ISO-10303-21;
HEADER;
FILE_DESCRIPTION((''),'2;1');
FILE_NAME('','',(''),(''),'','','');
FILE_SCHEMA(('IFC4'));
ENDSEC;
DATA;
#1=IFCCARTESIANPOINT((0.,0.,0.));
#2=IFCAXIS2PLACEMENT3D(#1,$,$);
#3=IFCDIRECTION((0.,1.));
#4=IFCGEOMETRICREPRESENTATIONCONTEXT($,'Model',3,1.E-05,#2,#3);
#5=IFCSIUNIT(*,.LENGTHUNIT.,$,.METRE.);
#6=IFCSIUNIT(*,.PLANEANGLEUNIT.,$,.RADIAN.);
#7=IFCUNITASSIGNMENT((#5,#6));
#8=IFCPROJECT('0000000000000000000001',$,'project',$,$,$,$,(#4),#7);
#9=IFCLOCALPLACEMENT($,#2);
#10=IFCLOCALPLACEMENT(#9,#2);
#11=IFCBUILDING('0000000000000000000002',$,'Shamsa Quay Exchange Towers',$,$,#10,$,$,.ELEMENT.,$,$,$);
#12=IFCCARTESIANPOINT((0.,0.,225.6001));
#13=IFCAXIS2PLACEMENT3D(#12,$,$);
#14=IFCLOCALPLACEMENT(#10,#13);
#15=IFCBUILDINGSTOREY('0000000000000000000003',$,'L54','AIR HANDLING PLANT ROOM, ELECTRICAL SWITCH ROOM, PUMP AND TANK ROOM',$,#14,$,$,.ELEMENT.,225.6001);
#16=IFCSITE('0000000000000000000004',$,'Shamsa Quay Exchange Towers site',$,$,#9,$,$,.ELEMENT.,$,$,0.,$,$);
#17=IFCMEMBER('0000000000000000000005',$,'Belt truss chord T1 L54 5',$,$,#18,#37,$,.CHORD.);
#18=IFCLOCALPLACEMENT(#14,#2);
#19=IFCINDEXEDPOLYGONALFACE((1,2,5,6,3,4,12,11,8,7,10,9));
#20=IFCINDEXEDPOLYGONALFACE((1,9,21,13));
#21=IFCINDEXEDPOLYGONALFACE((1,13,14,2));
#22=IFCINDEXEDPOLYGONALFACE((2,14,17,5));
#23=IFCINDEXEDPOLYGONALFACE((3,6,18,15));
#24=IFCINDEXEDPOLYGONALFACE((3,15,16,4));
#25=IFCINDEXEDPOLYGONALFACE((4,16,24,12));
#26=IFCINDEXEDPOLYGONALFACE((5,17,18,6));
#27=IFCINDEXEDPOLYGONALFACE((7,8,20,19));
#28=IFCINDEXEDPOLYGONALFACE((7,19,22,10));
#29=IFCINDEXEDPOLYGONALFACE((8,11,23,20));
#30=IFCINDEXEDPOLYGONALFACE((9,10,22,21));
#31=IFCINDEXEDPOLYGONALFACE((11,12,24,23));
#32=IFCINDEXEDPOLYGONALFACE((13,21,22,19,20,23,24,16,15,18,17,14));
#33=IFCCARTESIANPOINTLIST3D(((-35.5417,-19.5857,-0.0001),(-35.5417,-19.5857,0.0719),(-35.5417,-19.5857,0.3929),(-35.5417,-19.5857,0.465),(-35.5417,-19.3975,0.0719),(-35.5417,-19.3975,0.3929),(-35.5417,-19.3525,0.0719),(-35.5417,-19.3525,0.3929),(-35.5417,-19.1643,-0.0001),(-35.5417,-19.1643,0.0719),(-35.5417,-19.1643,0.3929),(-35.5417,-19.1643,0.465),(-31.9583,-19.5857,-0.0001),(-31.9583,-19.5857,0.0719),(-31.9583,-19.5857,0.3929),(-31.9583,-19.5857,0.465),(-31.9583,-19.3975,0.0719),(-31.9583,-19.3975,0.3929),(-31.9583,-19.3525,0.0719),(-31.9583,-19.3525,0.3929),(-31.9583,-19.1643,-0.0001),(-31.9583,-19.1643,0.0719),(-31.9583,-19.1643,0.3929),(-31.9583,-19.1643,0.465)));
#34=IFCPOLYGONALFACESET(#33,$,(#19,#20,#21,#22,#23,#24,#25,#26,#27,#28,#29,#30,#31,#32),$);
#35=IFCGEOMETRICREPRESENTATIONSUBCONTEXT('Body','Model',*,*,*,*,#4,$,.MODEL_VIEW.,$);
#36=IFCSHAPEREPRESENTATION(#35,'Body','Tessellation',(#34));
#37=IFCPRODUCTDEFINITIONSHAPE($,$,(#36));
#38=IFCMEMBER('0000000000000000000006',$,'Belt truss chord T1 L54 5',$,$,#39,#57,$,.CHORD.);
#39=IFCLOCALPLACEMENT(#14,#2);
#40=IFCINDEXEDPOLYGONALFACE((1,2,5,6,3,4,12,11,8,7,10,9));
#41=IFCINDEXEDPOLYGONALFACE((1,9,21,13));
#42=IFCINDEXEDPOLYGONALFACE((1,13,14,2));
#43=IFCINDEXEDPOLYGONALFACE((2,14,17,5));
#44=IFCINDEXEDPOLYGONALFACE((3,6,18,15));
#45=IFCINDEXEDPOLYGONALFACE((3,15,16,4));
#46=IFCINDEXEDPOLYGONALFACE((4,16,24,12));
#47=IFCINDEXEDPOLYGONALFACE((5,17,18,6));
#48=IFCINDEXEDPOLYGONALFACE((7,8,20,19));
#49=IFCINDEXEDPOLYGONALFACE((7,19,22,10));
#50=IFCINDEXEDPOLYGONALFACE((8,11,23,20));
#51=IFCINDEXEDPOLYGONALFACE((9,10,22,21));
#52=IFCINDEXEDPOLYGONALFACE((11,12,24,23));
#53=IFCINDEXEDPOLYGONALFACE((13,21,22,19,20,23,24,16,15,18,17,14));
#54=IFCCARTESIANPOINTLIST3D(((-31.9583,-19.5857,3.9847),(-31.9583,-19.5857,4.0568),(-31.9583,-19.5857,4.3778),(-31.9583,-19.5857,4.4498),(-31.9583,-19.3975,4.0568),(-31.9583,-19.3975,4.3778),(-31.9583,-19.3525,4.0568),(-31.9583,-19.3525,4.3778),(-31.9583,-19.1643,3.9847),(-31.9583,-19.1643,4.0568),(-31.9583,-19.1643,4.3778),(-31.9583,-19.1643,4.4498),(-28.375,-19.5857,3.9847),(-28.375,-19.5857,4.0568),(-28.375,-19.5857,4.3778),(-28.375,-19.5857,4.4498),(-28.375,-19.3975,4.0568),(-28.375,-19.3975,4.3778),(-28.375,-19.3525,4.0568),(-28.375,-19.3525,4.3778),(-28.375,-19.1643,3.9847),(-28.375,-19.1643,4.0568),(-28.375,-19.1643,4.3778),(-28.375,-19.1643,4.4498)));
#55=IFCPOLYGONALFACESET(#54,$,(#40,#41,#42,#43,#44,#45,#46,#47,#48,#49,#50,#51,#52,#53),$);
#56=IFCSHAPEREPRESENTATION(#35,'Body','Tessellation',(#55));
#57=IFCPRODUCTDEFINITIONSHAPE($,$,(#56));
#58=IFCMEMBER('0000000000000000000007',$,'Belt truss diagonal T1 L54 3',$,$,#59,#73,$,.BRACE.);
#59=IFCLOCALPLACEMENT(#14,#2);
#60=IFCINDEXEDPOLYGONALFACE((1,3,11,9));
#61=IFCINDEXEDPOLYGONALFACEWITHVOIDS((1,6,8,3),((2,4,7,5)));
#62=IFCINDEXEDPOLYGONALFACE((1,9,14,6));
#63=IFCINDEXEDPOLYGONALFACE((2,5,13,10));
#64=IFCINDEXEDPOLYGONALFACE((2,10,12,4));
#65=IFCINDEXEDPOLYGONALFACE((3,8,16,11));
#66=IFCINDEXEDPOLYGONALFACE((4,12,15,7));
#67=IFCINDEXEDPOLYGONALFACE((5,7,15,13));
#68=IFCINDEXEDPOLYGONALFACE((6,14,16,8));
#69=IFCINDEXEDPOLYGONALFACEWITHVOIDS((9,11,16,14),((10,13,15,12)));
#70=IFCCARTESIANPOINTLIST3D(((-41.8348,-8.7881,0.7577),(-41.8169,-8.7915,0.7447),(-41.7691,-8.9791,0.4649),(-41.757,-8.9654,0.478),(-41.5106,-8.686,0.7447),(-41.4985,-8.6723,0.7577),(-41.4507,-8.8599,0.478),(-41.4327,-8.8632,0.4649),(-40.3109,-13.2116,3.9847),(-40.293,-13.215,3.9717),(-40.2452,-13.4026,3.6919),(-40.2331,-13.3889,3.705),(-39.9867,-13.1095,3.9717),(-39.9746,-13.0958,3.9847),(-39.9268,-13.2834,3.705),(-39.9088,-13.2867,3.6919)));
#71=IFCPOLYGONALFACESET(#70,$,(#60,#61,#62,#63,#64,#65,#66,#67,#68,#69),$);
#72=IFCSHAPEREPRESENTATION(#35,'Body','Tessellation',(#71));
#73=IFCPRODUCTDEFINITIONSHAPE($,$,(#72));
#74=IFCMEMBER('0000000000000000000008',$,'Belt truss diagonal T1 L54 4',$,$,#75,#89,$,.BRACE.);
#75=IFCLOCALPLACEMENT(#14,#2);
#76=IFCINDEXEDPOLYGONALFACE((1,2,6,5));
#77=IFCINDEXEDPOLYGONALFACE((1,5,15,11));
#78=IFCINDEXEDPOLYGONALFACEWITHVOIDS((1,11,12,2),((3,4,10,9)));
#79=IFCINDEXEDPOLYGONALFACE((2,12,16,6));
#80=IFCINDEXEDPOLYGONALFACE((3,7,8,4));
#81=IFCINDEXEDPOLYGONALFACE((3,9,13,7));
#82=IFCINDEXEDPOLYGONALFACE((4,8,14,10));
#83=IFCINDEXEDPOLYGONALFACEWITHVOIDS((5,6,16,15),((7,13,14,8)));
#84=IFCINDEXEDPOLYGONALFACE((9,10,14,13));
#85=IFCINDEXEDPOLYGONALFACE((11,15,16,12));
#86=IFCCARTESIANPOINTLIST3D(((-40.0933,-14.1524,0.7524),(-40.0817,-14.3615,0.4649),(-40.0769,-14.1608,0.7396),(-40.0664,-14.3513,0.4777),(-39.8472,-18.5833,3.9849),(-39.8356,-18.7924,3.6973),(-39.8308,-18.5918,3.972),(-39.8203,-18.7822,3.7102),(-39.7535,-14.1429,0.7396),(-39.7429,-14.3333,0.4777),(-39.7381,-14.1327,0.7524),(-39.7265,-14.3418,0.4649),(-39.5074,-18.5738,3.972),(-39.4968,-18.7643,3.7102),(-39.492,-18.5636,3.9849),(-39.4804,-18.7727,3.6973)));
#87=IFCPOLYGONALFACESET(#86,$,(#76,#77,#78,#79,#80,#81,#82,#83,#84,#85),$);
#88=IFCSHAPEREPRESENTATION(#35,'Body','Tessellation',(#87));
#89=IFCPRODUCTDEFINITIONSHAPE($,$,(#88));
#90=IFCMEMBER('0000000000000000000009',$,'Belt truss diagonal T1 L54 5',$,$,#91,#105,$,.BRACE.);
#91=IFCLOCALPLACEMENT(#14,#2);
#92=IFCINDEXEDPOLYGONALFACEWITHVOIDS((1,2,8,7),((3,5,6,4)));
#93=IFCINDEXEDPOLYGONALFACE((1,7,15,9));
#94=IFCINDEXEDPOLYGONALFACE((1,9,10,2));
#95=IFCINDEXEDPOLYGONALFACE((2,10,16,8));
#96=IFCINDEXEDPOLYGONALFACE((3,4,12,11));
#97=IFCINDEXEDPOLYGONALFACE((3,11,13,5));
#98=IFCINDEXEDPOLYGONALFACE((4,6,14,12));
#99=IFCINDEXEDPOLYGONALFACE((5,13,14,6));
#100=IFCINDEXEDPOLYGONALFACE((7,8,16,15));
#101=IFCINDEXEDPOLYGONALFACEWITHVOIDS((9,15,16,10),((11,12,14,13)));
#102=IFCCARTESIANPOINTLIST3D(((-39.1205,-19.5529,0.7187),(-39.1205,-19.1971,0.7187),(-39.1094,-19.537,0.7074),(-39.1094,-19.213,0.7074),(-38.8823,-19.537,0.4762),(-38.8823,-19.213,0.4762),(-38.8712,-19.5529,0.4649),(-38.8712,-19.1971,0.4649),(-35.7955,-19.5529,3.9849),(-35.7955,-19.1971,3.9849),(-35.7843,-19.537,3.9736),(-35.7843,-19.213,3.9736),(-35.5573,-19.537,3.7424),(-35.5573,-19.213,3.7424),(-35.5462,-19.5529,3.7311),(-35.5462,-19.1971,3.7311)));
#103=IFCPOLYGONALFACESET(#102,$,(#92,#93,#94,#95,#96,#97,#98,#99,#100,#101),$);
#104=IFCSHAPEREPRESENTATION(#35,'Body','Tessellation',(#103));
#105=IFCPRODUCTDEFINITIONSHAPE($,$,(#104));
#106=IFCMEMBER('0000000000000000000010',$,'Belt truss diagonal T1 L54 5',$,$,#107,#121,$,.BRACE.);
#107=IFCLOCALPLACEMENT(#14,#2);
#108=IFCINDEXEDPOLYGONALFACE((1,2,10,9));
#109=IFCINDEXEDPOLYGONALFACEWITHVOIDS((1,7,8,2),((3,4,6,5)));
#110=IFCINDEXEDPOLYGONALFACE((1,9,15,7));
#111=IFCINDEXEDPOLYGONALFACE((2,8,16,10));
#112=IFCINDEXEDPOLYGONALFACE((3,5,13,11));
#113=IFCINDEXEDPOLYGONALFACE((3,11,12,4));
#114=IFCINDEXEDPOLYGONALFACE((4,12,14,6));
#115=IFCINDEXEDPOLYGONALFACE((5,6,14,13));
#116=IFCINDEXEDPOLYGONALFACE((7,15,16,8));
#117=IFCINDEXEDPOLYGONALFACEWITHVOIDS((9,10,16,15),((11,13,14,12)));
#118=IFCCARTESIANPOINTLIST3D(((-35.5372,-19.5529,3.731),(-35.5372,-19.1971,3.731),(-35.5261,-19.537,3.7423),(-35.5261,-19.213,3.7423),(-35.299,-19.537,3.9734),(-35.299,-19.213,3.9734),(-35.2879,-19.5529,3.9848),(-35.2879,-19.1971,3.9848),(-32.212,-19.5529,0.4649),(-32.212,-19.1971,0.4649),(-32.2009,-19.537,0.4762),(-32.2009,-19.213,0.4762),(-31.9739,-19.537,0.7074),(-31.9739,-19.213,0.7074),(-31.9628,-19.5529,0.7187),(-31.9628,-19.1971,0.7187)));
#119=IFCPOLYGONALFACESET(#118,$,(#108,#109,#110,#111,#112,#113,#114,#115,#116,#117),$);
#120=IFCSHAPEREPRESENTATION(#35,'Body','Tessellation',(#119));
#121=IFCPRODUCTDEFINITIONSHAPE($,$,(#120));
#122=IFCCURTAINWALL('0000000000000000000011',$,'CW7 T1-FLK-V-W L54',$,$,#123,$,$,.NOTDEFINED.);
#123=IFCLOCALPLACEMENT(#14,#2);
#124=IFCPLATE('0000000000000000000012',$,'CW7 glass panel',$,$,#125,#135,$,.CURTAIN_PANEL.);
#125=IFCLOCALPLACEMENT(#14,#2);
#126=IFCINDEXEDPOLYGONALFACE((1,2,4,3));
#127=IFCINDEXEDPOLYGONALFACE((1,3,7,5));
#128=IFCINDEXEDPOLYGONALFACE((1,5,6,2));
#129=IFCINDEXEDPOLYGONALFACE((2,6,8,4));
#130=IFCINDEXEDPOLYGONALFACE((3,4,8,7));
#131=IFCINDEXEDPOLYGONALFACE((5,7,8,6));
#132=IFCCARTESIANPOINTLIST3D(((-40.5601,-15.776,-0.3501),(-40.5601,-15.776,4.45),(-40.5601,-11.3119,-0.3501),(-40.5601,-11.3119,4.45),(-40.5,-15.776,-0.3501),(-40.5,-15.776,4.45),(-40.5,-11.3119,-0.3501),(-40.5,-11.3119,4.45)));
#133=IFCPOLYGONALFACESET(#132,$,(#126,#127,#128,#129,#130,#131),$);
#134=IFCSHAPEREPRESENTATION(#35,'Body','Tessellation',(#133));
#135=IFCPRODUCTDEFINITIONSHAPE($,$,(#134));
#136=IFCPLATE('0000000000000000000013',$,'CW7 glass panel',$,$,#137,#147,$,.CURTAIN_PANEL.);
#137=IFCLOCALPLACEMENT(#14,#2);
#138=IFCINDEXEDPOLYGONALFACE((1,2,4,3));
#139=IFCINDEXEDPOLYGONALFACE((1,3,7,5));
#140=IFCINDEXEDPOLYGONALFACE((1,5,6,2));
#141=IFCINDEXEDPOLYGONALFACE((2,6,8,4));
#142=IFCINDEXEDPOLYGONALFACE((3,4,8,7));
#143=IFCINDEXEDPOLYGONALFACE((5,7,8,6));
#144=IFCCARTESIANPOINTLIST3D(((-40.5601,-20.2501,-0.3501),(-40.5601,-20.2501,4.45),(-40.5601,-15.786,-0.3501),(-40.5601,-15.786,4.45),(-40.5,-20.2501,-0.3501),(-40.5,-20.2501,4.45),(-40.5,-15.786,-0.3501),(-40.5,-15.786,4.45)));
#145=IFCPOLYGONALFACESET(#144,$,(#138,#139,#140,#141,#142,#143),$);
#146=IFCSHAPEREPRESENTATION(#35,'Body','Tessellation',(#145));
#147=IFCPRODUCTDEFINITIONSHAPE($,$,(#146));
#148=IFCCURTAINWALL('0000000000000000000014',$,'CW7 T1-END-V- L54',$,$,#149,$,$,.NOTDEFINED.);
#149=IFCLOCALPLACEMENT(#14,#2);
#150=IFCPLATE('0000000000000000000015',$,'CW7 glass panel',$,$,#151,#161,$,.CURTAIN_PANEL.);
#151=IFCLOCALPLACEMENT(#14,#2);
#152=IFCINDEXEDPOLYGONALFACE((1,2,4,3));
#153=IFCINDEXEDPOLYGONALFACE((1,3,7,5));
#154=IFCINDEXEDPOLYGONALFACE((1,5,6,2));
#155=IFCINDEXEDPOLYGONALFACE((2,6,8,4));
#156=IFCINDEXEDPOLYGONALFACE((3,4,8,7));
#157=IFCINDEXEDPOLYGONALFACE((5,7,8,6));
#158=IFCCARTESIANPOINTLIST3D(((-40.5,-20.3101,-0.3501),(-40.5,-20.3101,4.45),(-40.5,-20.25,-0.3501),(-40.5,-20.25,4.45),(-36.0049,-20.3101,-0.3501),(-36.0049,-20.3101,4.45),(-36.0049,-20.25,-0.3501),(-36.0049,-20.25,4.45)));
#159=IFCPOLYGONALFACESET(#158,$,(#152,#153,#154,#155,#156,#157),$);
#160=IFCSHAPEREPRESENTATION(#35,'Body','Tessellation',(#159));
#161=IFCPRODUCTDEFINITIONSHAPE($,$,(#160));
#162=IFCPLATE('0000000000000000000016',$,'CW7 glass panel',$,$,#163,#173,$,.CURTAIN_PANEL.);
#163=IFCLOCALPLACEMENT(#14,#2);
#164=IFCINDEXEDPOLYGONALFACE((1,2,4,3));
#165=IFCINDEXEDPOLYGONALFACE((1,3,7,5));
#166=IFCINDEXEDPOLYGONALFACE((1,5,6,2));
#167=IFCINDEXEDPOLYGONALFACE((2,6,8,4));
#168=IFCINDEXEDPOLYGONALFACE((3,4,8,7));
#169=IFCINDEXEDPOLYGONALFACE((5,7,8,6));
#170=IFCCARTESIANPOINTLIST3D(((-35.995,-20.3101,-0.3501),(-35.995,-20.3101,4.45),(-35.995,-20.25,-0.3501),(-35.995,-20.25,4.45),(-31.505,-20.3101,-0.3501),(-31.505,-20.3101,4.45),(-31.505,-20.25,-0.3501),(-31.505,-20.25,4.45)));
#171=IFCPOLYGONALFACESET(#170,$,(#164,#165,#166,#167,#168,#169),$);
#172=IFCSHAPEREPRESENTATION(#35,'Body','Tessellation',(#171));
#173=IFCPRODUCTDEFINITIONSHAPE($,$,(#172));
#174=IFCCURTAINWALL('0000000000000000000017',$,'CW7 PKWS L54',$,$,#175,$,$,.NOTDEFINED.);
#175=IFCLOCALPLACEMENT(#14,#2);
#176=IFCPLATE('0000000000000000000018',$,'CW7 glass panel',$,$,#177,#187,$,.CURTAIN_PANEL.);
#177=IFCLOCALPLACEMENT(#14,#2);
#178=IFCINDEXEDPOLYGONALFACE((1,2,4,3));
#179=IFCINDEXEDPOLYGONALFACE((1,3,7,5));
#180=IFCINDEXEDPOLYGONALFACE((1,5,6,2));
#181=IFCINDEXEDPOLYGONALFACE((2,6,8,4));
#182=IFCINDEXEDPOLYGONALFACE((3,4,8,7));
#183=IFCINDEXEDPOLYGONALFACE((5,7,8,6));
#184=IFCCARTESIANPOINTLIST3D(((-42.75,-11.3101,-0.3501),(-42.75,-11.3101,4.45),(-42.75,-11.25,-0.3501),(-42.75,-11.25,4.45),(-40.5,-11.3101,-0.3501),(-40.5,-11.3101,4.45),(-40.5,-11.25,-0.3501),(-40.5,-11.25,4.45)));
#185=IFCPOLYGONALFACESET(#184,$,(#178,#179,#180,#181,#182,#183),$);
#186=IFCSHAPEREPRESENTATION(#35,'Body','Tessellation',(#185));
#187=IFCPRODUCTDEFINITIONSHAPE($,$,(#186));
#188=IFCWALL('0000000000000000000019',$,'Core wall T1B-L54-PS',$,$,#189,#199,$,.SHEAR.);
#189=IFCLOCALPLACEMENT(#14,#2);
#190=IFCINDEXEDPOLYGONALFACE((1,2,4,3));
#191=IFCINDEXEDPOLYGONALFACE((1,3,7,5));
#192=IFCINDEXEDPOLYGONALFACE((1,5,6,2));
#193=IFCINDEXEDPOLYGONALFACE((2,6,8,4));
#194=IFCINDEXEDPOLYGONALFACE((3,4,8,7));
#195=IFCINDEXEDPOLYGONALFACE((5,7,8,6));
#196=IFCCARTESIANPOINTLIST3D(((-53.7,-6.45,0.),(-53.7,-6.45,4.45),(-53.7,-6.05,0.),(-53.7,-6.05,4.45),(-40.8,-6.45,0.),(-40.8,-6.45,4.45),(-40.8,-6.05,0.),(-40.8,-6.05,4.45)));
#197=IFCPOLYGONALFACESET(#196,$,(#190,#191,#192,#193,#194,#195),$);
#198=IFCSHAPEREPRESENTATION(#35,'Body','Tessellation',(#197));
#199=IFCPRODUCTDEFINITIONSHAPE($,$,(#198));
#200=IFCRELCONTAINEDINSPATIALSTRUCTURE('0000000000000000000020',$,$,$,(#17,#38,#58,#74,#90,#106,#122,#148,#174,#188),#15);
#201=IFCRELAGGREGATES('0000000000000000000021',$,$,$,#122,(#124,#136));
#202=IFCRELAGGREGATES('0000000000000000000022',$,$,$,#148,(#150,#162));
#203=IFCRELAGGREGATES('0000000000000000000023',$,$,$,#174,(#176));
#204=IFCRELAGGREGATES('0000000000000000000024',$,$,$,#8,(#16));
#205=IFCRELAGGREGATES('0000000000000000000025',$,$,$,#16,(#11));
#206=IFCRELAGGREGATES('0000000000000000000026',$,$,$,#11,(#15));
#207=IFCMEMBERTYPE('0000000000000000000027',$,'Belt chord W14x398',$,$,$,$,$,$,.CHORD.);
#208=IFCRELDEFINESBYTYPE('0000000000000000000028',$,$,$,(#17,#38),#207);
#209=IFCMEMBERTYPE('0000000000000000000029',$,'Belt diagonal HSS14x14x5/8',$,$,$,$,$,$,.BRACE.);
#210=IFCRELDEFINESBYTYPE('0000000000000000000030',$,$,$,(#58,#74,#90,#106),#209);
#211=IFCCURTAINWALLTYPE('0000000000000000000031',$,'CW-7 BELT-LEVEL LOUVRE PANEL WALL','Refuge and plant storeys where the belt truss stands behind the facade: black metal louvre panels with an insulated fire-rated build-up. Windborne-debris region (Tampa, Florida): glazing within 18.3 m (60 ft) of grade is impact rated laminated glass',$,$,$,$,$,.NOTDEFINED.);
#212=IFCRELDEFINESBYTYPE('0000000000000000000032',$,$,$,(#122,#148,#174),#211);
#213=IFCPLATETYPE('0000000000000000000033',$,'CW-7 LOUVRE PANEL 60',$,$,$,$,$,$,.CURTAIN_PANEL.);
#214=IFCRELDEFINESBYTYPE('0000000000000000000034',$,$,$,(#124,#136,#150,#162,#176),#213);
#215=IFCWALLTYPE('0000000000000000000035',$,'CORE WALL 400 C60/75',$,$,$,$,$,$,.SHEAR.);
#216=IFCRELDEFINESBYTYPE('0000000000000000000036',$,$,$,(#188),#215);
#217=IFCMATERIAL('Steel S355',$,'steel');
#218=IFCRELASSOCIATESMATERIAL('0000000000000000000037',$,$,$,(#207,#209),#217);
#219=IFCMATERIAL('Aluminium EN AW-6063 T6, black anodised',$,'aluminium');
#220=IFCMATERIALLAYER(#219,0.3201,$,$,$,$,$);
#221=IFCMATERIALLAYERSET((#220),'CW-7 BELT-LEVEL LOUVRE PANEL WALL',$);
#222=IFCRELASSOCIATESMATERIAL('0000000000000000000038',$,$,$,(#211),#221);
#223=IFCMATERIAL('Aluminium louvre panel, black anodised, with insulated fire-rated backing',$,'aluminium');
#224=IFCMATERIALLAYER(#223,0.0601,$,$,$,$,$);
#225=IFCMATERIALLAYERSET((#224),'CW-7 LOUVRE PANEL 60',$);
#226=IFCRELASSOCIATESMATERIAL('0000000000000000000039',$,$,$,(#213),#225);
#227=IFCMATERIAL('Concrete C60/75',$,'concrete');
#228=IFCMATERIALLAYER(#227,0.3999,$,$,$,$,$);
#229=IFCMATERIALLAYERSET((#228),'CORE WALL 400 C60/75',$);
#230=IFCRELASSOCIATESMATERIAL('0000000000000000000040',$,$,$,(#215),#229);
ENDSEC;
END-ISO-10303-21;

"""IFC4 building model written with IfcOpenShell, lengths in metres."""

from ifc_helpers import new_model, si_unit, direction, frame, frame_2d, origin, origin_2d, place, context, subcontext, project, spatial, rectangle, hollow_rectangle, i_section, extrude, material, layer, layer_set, material_profile, profile_set, type_object, element, aggregate, save


model = new_model("IFC4")

# Units and contexts
model_context = context("Model", 3, precision=1e-05, world=origin(), true_north=direction((0.0, 1.0)))
body_context = subcontext(model_context, "Body", "Model", "MODEL_VIEW")
ifc_project = project(units=[si_unit("LENGTHUNIT", "METRE"), si_unit("PLANEANGLEUNIT", "RADIAN")], contexts=[model_context])

# Site, building, storey
site_placement = place(None, origin())
site = spatial("IfcSite", under=ifc_project, at=site_placement, Name="Shamsa Quay Exchange Towers site", CompositionType="ELEMENT", RefElevation=0.0)
building_placement = place(site_placement, origin())
building = spatial("IfcBuilding", under=site, at=building_placement, Name="Shamsa Quay Exchange Towers", CompositionType="ELEMENT")
storey_placement = place(building_placement, frame((0.0, 0.0, 225.6001)))
storey = spatial("IfcBuildingStorey", under=building, at=storey_placement, Name="L54", Description="AIR HANDLING PLANT ROOM, ELECTRICAL SWITCH ROOM, PUMP AND TANK ROOM", CompositionType="ELEMENT", Elevation=225.6001)

# Members
ifc_material_1 = material(Name="Steel S355", Category="steel")
ifc_material_profile_1 = material_profile(ifc_material_1, i_section(OverallWidth=0.4214, OverallDepth=0.4651, WebThickness=0.0449, FlangeThickness=0.072, at=origin_2d()), Name="W14x398")
ifc_profile_set_1 = profile_set([ifc_material_profile_1], Name="Steel S355")
member_type_1 = type_object("IfcMemberType", Name="Belt chord W14x398", PredefinedType="CHORD", material=ifc_profile_set_1)
for number, where, z_axis, x_axis, name in (
    (1, (-35.5417, -19.375, 0.2324), (1.0, 0.0, 0.0), (0.0, 1.0, 0.0), "Belt truss chord T1 L54 5"),
):
    element("IfcMember", number, at=place(storey_placement, frame(where, z_axis=z_axis, x_axis=x_axis)), inside=storey, type_object=member_type_1, Name=name, PredefinedType="CHORD", context=body_context, shape_type="SweptSolid", body=[
        extrude(i_section(OverallWidth=0.4214, OverallDepth=0.4651, WebThickness=0.0449, FlangeThickness=0.072, at=origin_2d()), origin(), (0.0, 0.0, 1.0), 3.5835),
    ])
member_1_placement = place(storey_placement, frame((-31.9583, -19.375, 4.2173), z_axis=(1.0, 0.0, 0.0), x_axis=(0.0, 1.0, 0.0)))
element("IfcMember", 2, at=member_1_placement, inside=storey, type_object=member_type_1, Name="Belt truss chord T1 L54 5", PredefinedType="CHORD", context=body_context, shape_type="SweptSolid", body=[
    extrude(i_section(OverallWidth=0.4214, OverallDepth=0.4651, WebThickness=0.0449, FlangeThickness=0.072, at=origin_2d()), origin(), (0.0, 0.0, 1.0), 3.5833),
])
ifc_material_profile_2 = material_profile(ifc_material_1, hollow_rectangle(XDim=0.3557, YDim=0.3557, WallThickness=0.0159, at=origin_2d()), Name="HSS14x14x5/8")
ifc_profile_set_2 = profile_set([ifc_material_profile_2], Name="Steel S355")
member_type_2 = type_object("IfcMemberType", Name="Belt diagonal HSS14x14x5/8", PredefinedType="BRACE", material=ifc_profile_set_2)
member_2_placement = place(storey_placement, frame((-41.6338, -8.8257, 0.6113), z_axis=(0.268123, -0.778295, 0.567774), x_axis=(0.945468, 0.325714, 0.0)))
element("IfcMember", 3, at=member_2_placement, inside=storey, type_object=member_type_2, Name="Belt truss diagonal T1 L54 3", PredefinedType="BRACE", context=body_context, shape_type="SweptSolid", body=[
    extrude(hollow_rectangle(XDim=0.3557, YDim=0.3557, WallThickness=0.0159, at=origin_2d()), origin(), (0.0, 0.0, 1.0), 5.6836),
])
member_3_placement = place(storey_placement, frame((-39.9099, -14.2471, 0.6086), z_axis=(0.044824, -0.807061, 0.588764), x_axis=(0.998461, 0.055455, 0.0)))
element("IfcMember", 4, at=member_3_placement, inside=storey, type_object=member_type_2, Name="Belt truss diagonal T1 L54 4", PredefinedType="BRACE", context=body_context, shape_type="SweptSolid", body=[
    extrude(hollow_rectangle(XDim=0.3557, YDim=0.3557, WallThickness=0.0159, at=origin_2d()), origin(), (0.0, 0.0, 1.0), 5.4902),
])
for number, where, z_axis, x_axis, name in (
    (5, (-38.9958, -19.375, 0.5918), (0.713391, 0.0, 0.700767), (0.0, 1.0, 0.0), "Belt truss diagonal T1 L54 5"),
    (6, (-32.0874, -19.375, 0.5918), (-0.713416, 0.0, 0.70074), (0.0, -1.0, 0.0), "Belt truss diagonal T1 L54 5"),
):
    element("IfcMember", number, at=place(storey_placement, frame(where, z_axis=z_axis, x_axis=x_axis)), inside=storey, type_object=member_type_2, Name=name, PredefinedType="BRACE", context=body_context, shape_type="SweptSolid", body=[
        extrude(hollow_rectangle(XDim=0.3557, YDim=0.3557, WallThickness=0.0159, at=origin_2d()), origin(), (0.0, 0.0, 1.0), 4.6609),
    ])

# Curtain walls, plates
ifc_material_2 = material(Name="Aluminium EN AW-6063 T6, black anodised", Category="aluminium")
ifc_layer_1 = layer(ifc_material_2, 0.3201)
ifc_layer_set_1 = layer_set([ifc_layer_1], Name="CW-7 BELT-LEVEL LOUVRE PANEL WALL")
curtain_wall_type = type_object("IfcCurtainWallType", Name="CW-7 BELT-LEVEL LOUVRE PANEL WALL", Description="Refuge and plant storeys where the belt truss stands behind the facade: black metal louvre panels with an insulated fire-rated build-up. Windborne-debris region (Tampa, Florida): glazing within 18.3 m (60 ft) of grade is impact rated laminated glass", PredefinedType="NOTDEFINED", material=ifc_layer_set_1)
curtain_wall_1_placement = place(storey_placement, origin())
curtain_wall_1 = element("IfcCurtainWall", 7, at=curtain_wall_1_placement, inside=storey, type_object=curtain_wall_type, Name="CW7 T1-FLK-V-W L54", PredefinedType="NOTDEFINED")
ifc_material_3 = material(Name="Aluminium louvre panel, black anodised, with insulated fire-rated backing", Category="aluminium")
ifc_layer_2 = layer(ifc_material_3, 0.0601)
ifc_layer_set_2 = layer_set([ifc_layer_2], Name="CW-7 LOUVRE PANEL 60")
plate_type = type_object("IfcPlateType", Name="CW-7 LOUVRE PANEL 60", PredefinedType="CURTAIN_PANEL", material=ifc_layer_set_2)
plate_1_placement = place(storey_placement, frame((-40.53, -13.5439, -0.3501), z_axis=(0.0, 0.0, 1.0), x_axis=(0.0, -1.0, 0.0)))
plate_1 = element("IfcPlate", 8, at=plate_1_placement, type_object=plate_type, Name="CW7 glass panel", PredefinedType="CURTAIN_PANEL", context=body_context, shape_type="SweptSolid", body=[
    extrude(rectangle(XDim=4.4641, YDim=0.0601, at=origin_2d()), origin(), (0.0, 0.0, 1.0), 4.8),
])
plate_2_placement = place(storey_placement, frame((-40.53, -18.0181, -0.3501), z_axis=(0.0, 0.0, 1.0), x_axis=(0.0, -1.0, 0.0)))
plate_2 = element("IfcPlate", 9, at=plate_2_placement, type_object=plate_type, Name="CW7 glass panel", PredefinedType="CURTAIN_PANEL", context=body_context, shape_type="SweptSolid", body=[
    extrude(rectangle(XDim=4.4641, YDim=0.0601, at=origin_2d()), origin(), (0.0, 0.0, 1.0), 4.8),
])
aggregate(curtain_wall_1, [plate_1, plate_2])
curtain_wall_2_placement = place(storey_placement, origin())
curtain_wall_2 = element("IfcCurtainWall", 10, at=curtain_wall_2_placement, inside=storey, type_object=curtain_wall_type, Name="CW7 T1-END-V- L54", PredefinedType="NOTDEFINED")
plate_3_placement = place(storey_placement, frame((-38.2524, -20.28, -0.3501)))
plate_3 = element("IfcPlate", 11, at=plate_3_placement, type_object=plate_type, Name="CW7 glass panel", PredefinedType="CURTAIN_PANEL", context=body_context, shape_type="SweptSolid", body=[
    extrude(rectangle(XDim=4.4951, YDim=0.0601, at=origin_2d()), origin(), (0.0, 0.0, 1.0), 4.8),
])
plate_4_placement = place(storey_placement, frame((-33.75, -20.28, -0.3501)))
plate_4 = element("IfcPlate", 12, at=plate_4_placement, type_object=plate_type, Name="CW7 glass panel", PredefinedType="CURTAIN_PANEL", context=body_context, shape_type="SweptSolid", body=[
    extrude(rectangle(XDim=4.49, YDim=0.0601, at=origin_2d()), origin(), (0.0, 0.0, 1.0), 4.8),
])
aggregate(curtain_wall_2, [plate_3, plate_4])

# Curtain wall, plate
curtain_wall_3_placement = place(storey_placement, origin())
curtain_wall_3 = element("IfcCurtainWall", 13, at=curtain_wall_3_placement, inside=storey, type_object=curtain_wall_type, Name="CW7 PKWS L54", PredefinedType="NOTDEFINED")
plate_5_placement = place(storey_placement, frame((-41.625, -11.28, -0.3501)))
plate_5 = element("IfcPlate", 14, at=plate_5_placement, type_object=plate_type, Name="CW7 glass panel", PredefinedType="CURTAIN_PANEL", context=body_context, shape_type="SweptSolid", body=[
    extrude(rectangle(XDim=2.25, YDim=0.0601, at=origin_2d()), origin(), (0.0, 0.0, 1.0), 4.8),
])
aggregate(curtain_wall_3, [plate_5])

# Wall
ifc_material_4 = material(Name="Concrete C60/75", Category="concrete")
ifc_layer_3 = layer(ifc_material_4, 0.3999)
ifc_layer_set_3 = layer_set([ifc_layer_3], Name="CORE WALL 400 C60/75")
wall_type_1 = type_object("IfcWallType", Name="CORE WALL 400 C60/75", PredefinedType="SHEAR", material=ifc_layer_set_3)
wall_1_placement = place(storey_placement, frame((-40.8, -6.25, 0.0), z_axis=(0.0, 0.0, 1.0), x_axis=(-1.0, 0.0, 0.0)))
element("IfcWall", 15, at=wall_1_placement, inside=storey, type_object=wall_type_1, Name="Core wall T1B-L54-PS", PredefinedType="SHEAR", context=body_context, shape_type="SweptSolid", body=[
    extrude(rectangle(XDim=12.8999, YDim=0.3999, at=frame_2d((6.45, 0.0))), origin(), (0.0, 0.0, 1.0), 4.45),
])

save(model, "model.ifc")
